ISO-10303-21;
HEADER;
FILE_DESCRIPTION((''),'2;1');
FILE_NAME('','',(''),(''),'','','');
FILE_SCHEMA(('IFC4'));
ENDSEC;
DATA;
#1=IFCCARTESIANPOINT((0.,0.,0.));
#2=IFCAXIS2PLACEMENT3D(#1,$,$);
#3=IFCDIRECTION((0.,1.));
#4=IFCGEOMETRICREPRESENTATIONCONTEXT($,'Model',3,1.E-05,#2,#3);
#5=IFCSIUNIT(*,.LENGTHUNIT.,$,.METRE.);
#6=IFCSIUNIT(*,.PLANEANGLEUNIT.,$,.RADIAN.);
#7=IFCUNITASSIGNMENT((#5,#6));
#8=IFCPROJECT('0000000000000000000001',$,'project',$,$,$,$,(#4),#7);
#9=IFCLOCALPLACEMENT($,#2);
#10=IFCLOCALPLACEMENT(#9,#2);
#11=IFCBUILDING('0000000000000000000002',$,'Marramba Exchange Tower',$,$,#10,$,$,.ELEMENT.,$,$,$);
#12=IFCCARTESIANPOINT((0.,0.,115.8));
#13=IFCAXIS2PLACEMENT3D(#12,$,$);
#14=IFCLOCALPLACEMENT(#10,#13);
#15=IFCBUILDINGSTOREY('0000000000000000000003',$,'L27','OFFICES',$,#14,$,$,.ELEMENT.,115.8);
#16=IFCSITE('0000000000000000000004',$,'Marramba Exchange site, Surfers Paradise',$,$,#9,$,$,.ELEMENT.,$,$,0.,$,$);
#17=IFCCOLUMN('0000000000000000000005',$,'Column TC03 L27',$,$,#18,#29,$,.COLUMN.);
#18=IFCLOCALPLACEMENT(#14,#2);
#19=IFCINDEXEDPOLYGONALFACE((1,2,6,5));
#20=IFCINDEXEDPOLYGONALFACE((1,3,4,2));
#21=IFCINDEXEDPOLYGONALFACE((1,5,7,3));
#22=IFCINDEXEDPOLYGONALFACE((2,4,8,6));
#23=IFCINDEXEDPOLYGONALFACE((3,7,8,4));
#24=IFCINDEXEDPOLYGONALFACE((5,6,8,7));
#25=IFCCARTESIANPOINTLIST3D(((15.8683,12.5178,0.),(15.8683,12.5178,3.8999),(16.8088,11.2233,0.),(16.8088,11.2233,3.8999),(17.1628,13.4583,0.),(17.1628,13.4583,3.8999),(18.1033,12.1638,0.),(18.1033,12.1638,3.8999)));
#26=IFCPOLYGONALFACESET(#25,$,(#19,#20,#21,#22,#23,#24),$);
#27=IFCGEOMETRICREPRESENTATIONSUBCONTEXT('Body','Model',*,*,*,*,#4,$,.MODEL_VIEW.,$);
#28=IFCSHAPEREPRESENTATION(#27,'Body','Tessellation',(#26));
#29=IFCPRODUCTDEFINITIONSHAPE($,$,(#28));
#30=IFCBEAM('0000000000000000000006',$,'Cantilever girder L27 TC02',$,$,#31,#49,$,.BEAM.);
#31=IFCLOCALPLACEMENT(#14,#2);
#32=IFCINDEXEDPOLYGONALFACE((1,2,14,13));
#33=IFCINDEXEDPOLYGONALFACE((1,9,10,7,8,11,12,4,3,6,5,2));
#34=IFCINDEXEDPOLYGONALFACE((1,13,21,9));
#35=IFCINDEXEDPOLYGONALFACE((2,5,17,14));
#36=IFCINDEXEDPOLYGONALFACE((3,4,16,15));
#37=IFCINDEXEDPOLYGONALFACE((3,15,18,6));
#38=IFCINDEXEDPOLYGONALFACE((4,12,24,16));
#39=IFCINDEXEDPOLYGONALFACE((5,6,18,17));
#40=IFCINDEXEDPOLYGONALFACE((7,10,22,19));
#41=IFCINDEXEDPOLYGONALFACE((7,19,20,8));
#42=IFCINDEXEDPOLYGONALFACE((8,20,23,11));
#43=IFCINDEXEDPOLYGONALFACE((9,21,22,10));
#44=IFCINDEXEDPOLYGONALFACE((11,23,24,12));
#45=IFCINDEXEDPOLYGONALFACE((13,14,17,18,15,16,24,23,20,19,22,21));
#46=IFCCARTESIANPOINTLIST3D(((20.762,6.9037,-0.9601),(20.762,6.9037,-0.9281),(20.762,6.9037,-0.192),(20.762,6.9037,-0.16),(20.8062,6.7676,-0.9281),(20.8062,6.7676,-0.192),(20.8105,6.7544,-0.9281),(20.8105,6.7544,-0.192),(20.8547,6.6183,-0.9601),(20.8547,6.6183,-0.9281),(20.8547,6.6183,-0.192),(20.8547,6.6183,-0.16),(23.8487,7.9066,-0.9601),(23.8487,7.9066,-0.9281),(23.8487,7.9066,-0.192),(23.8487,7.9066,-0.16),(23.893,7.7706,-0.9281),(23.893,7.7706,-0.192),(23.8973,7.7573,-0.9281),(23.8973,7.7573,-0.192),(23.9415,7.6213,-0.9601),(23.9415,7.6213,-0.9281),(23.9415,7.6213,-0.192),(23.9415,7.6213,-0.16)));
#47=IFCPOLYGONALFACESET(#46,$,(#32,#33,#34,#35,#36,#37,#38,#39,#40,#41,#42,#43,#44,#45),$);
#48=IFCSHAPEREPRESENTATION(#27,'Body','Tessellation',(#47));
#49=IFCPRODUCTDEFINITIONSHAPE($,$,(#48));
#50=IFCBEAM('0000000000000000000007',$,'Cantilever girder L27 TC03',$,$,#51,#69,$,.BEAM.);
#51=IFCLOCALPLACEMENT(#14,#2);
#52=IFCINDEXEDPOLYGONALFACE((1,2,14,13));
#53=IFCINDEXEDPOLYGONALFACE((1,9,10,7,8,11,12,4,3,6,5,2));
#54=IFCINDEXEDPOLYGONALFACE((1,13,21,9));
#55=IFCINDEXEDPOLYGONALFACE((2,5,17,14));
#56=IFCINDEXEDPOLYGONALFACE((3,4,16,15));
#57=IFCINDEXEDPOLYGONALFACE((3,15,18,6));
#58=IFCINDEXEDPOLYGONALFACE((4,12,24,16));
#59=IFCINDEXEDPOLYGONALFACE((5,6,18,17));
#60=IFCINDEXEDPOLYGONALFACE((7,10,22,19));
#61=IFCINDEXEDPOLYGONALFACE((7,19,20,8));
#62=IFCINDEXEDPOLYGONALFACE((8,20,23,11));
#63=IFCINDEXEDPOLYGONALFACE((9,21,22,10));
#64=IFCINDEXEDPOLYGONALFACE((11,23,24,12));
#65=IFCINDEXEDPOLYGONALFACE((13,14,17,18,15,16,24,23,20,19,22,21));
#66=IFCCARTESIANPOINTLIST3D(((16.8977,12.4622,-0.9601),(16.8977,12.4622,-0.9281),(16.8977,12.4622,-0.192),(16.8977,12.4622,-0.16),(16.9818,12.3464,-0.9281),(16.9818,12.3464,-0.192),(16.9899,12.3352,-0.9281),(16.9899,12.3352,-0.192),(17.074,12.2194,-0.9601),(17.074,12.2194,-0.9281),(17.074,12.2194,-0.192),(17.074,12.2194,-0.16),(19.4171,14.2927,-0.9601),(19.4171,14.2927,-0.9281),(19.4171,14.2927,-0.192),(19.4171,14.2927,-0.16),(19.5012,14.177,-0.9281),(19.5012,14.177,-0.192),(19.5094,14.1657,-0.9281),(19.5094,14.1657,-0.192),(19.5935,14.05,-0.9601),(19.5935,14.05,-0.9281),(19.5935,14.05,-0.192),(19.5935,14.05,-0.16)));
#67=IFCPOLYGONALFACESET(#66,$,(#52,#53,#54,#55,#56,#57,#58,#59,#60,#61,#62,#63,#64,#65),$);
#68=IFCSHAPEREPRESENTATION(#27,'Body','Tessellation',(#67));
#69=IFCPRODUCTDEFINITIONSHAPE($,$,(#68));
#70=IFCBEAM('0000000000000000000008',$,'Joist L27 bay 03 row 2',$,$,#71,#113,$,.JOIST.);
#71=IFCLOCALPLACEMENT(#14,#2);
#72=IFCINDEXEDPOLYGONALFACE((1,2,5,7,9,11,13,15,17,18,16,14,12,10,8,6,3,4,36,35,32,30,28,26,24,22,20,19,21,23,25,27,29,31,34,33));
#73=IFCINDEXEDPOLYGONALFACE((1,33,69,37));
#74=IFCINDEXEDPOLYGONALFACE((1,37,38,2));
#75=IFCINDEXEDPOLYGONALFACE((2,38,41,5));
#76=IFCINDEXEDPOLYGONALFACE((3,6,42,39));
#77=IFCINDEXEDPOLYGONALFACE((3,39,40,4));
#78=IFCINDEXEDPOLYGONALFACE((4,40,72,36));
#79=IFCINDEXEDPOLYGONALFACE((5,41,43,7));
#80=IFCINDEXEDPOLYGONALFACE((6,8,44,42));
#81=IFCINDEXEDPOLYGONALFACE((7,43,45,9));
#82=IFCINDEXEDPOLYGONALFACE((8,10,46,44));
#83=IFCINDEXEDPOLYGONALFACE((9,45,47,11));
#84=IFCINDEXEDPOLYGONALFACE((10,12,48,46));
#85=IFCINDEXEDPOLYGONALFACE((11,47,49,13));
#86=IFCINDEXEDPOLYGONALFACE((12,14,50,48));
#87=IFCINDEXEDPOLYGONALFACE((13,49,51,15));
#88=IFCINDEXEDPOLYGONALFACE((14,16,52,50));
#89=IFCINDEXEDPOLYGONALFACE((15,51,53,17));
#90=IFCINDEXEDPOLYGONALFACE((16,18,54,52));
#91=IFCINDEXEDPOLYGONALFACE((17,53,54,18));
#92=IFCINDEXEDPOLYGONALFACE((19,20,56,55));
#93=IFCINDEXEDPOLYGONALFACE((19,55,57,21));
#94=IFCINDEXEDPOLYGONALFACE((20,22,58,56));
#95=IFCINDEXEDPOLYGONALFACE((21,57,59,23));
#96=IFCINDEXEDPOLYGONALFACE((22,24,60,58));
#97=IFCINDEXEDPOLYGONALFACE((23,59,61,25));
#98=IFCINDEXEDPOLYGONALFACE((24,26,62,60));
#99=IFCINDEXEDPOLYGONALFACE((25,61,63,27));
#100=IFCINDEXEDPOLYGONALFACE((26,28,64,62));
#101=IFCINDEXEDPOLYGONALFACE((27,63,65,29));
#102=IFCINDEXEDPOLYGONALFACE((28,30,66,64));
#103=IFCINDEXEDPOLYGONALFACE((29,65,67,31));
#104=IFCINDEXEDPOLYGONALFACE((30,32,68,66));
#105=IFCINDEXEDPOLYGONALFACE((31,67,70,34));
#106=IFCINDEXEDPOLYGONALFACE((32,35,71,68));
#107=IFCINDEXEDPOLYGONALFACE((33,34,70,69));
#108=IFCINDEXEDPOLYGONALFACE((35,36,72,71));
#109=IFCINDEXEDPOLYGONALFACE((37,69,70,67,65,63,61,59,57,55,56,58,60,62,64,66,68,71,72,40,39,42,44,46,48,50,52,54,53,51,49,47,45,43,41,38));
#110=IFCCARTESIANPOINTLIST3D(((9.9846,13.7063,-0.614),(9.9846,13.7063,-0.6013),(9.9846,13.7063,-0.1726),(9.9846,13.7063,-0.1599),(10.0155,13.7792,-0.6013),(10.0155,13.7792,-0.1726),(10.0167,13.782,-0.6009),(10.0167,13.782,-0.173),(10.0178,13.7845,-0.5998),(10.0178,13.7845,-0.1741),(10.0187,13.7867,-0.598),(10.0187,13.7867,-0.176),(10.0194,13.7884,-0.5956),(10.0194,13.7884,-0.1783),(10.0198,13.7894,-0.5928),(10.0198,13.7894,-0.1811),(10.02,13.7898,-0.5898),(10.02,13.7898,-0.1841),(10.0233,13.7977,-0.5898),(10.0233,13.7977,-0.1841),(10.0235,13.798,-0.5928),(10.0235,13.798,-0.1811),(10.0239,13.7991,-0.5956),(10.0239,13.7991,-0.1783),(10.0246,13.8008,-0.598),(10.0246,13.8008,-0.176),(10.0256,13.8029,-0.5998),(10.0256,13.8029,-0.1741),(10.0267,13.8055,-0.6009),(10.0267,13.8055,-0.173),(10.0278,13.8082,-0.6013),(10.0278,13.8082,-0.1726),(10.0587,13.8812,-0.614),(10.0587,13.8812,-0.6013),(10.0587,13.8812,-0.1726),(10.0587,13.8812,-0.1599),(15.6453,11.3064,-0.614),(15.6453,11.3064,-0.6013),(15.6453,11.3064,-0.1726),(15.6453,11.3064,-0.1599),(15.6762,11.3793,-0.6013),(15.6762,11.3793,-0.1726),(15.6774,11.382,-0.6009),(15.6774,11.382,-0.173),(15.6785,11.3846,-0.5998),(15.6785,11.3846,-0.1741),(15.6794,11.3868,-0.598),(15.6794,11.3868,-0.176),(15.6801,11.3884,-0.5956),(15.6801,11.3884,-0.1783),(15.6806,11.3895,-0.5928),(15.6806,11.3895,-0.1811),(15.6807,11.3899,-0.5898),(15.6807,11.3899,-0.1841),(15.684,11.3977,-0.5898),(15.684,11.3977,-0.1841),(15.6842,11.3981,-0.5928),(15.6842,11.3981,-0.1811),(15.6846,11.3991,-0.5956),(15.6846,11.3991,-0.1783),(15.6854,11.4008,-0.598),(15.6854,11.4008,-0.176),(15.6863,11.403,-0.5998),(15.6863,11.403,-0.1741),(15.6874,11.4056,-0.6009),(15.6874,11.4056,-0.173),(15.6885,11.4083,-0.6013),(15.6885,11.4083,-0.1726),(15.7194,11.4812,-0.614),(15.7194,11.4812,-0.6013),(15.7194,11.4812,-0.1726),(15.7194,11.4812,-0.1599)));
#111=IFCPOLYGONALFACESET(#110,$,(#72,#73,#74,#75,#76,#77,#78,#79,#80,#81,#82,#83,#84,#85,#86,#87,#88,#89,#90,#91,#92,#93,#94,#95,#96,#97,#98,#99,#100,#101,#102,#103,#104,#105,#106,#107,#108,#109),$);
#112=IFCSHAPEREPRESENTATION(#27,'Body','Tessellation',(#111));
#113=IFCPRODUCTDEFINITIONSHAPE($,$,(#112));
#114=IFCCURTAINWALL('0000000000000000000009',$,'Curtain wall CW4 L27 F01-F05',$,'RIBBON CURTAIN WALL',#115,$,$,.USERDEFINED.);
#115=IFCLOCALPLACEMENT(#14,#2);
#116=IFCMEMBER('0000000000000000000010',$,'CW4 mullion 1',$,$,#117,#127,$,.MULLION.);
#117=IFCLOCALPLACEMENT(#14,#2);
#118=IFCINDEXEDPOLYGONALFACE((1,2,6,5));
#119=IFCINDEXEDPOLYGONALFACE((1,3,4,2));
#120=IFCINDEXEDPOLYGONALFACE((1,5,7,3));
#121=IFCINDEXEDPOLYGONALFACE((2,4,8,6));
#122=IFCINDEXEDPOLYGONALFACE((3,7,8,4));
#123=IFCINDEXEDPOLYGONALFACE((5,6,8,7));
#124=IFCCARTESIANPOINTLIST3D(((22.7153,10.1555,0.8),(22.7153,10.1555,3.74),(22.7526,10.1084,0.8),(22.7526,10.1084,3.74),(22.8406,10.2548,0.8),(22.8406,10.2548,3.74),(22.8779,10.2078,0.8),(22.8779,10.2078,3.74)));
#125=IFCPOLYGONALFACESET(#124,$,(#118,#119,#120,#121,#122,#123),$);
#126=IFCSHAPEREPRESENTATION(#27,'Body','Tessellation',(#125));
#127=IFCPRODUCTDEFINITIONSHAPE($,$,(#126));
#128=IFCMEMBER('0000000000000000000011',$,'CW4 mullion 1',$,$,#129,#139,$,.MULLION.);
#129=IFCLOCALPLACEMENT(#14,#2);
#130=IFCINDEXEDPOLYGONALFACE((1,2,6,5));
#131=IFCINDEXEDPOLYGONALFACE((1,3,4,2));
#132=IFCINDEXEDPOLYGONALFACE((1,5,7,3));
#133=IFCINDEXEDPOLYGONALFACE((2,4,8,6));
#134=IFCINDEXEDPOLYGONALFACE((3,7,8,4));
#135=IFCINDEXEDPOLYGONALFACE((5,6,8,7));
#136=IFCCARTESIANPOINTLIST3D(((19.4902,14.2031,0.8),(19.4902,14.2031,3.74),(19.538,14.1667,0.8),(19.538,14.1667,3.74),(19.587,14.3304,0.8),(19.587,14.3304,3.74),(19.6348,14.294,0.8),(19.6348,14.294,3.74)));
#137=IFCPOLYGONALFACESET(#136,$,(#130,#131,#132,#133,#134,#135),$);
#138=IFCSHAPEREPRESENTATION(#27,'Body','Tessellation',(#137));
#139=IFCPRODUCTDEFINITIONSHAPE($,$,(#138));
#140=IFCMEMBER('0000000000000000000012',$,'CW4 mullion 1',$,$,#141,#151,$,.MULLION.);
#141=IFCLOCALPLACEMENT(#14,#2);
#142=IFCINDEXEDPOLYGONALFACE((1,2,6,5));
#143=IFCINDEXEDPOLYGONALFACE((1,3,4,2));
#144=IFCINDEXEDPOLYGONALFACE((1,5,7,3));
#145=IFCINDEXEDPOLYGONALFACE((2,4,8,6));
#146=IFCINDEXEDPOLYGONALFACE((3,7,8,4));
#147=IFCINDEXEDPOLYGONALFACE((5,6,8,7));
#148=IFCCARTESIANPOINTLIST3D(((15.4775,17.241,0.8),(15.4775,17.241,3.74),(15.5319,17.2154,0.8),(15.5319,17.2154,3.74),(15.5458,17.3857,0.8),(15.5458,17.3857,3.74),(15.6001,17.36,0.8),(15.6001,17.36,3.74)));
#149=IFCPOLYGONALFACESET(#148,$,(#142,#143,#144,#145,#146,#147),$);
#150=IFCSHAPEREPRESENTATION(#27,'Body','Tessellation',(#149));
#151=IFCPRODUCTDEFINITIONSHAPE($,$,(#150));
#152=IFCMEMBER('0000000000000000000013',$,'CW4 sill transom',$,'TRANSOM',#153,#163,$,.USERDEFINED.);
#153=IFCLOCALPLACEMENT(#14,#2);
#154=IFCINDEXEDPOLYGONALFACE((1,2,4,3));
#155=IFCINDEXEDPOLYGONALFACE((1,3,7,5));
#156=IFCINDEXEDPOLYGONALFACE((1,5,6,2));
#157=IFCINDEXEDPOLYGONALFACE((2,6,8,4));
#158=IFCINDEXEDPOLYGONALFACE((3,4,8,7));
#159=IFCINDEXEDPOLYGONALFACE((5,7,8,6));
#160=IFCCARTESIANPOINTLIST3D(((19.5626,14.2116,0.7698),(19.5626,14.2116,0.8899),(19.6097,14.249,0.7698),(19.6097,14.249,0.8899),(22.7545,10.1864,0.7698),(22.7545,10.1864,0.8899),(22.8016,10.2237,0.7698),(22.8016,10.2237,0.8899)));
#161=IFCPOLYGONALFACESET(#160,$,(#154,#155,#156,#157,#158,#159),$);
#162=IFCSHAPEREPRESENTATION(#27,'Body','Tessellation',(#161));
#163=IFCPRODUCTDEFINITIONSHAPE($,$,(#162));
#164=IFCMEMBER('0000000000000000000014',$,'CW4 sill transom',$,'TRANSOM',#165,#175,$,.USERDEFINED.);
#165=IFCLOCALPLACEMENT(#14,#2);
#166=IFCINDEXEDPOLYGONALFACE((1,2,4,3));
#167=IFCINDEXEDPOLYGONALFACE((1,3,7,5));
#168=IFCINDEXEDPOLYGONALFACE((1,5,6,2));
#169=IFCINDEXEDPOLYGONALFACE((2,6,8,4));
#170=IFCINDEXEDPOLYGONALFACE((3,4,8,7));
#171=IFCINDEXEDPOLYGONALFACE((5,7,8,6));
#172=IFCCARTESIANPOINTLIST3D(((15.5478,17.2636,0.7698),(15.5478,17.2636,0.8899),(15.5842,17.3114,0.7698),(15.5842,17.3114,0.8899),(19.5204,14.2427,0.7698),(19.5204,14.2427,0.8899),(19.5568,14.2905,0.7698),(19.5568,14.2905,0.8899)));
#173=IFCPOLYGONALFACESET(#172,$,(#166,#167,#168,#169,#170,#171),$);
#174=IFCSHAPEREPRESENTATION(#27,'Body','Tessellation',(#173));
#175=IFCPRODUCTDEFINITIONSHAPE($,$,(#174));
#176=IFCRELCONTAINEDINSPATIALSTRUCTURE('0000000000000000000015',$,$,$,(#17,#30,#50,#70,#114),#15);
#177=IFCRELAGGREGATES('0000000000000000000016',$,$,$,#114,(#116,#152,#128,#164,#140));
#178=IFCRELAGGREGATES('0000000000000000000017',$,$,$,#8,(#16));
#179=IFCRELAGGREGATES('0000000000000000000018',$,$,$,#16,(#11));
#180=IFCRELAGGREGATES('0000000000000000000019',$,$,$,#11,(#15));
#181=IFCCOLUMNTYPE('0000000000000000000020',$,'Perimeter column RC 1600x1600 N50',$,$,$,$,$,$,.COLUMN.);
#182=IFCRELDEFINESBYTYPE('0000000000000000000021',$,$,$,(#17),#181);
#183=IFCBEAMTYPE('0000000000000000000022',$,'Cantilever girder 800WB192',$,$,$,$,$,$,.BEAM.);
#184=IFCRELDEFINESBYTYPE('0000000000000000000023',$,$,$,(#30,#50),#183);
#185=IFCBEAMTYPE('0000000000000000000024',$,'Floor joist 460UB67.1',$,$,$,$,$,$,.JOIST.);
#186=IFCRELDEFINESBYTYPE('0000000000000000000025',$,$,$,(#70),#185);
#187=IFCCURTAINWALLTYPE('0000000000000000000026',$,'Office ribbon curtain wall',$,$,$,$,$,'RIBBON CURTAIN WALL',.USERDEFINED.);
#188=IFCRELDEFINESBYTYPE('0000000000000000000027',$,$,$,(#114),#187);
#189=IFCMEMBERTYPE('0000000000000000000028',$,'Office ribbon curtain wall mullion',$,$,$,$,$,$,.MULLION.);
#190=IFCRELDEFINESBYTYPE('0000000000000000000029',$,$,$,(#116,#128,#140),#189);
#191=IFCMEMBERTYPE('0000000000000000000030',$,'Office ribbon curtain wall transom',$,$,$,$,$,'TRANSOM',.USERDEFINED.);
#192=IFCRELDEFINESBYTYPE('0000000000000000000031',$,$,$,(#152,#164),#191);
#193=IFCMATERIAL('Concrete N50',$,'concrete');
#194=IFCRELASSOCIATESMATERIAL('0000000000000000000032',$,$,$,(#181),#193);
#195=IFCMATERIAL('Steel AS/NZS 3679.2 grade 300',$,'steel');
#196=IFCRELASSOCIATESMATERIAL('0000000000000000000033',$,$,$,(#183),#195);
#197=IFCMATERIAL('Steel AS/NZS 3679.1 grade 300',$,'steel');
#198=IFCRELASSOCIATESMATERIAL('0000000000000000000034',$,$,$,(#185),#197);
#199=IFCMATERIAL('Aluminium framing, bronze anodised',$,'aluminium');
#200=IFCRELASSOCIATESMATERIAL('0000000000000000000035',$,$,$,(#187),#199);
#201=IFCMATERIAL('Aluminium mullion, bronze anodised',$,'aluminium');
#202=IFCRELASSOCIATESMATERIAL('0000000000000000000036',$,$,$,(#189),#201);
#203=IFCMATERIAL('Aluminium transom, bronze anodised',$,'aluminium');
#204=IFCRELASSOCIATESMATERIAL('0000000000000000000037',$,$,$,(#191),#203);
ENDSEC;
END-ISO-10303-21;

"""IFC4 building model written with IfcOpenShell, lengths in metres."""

from ifc_helpers import new_model, si_unit, direction, frame, origin, origin_2d, place, context, subcontext, project, spatial, rectangle, i_section, extrude, material, material_profile, profile_set, type_object, element, aggregate, save


model = new_model("IFC4")

# Units and contexts
model_context = context("Model", 3, precision=1e-05, world=origin(), true_north=direction((0.0, 1.0)))
body_context = subcontext(model_context, "Body", "Model", "MODEL_VIEW")
ifc_project = project(units=[si_unit("LENGTHUNIT", "METRE"), si_unit("PLANEANGLEUNIT", "RADIAN")], contexts=[model_context])

# Site, building, storey
site_placement = place(None, origin())
site = spatial("IfcSite", under=ifc_project, at=site_placement, Name="Marramba Exchange site, Surfers Paradise", CompositionType="ELEMENT", RefElevation=0.0)
building_placement = place(site_placement, origin())
building = spatial("IfcBuilding", under=site, at=building_placement, Name="Marramba Exchange Tower", CompositionType="ELEMENT")
storey_placement = place(building_placement, frame((0.0, 0.0, 115.8)))
storey = spatial("IfcBuildingStorey", under=building, at=storey_placement, Name="L27", Description="OFFICES", CompositionType="ELEMENT", Elevation=115.8)

# Column
ifc_material_1 = material(Name="Concrete N50", Category="concrete")
ifc_material_profile_1 = material_profile(ifc_material_1, rectangle(XDim=1.6001, YDim=1.6001, at=origin_2d()), Name="RC 1600x1600")
ifc_profile_set_1 = profile_set([ifc_material_profile_1], Name="Concrete N50")
column_type = type_object("IfcColumnType", Name="Perimeter column RC 1600x1600 N50", PredefinedType="COLUMN", material=ifc_profile_set_1)
column_placement = place(storey_placement, frame((16.9858, 12.3408, 0.0), z_axis=(0.0, 0.0, 1.0), x_axis=(0.809017, 0.587785, 0.0)))
element("IfcColumn", 1, at=column_placement, inside=storey, type_object=column_type, Name="Column TC03 L27", PredefinedType="COLUMN", context=body_context, shape_type="SweptSolid", body=[
    extrude(rectangle(XDim=1.6001, YDim=1.6001, at=origin_2d()), origin(), (0.0, 0.0, 1.0), 3.8999),
])

# Beams
ifc_material_2 = material(Name="Steel AS/NZS 3679.2 grade 300", Category="steel")
ifc_material_profile_2 = material_profile(ifc_material_2, i_section(OverallWidth=0.3, OverallDepth=0.8, WebThickness=0.0139, FlangeThickness=0.032, at=origin_2d()), Name="800WB192")
ifc_profile_set_2 = profile_set([ifc_material_profile_2], Name="Steel AS/NZS 3679.2 grade 300")
beam_type_1 = type_object("IfcBeamType", Name="Cantilever girder 800WB192", PredefinedType="BEAM", material=ifc_profile_set_2)
beam_1_placement = place(storey_placement, frame((20.8083, 6.761, -0.5601), z_axis=(0.951056, 0.30902, 0.0), x_axis=(-0.30902, 0.951056, 0.0)))
element("IfcBeam", 2, at=beam_1_placement, inside=storey, type_object=beam_type_1, Name="Cantilever girder L27 TC02", PredefinedType="BEAM", context=body_context, shape_type="SweptSolid", body=[
    extrude(i_section(OverallWidth=0.3, OverallDepth=0.8, WebThickness=0.0139, FlangeThickness=0.032, at=origin_2d()), origin(), (0.0, 0.0, 1.0), 3.2456),
])
beam_2_placement = place(storey_placement, frame((16.9858, 12.3408, -0.5601), z_axis=(0.809014, 0.587789, 0.0), x_axis=(-0.587789, 0.809014, 0.0)))
element("IfcBeam", 3, at=beam_2_placement, inside=storey, type_object=beam_type_1, Name="Cantilever girder L27 TC03", PredefinedType="BEAM", context=body_context, shape_type="SweptSolid", body=[
    extrude(i_section(OverallWidth=0.3, OverallDepth=0.8, WebThickness=0.0139, FlangeThickness=0.032, at=origin_2d()), origin(), (0.0, 0.0, 1.0), 3.1143),
])
ifc_material_3 = material(Name="Steel AS/NZS 3679.1 grade 300", Category="steel")
ifc_material_profile_3 = material_profile(ifc_material_3, i_section(OverallWidth=0.1899, OverallDepth=0.4541, WebThickness=0.0085, FlangeThickness=0.0127, FilletRadius=0.0115, at=origin_2d()), Name="460UB67.1")
ifc_profile_set_3 = profile_set([ifc_material_profile_3], Name="Steel AS/NZS 3679.1 grade 300")
beam_type_2 = type_object("IfcBeamType", Name="Floor joist 460UB67.1", PredefinedType="JOIST", material=ifc_profile_set_3)
beam_3_placement = place(storey_placement, frame((15.6824, 11.3938, -0.387), z_axis=(-0.920674, 0.390332, 0.0), x_axis=(-0.390332, -0.920674, 0.0)))
element("IfcBeam", 4, at=beam_3_placement, inside=storey, type_object=beam_type_2, Name="Joist L27 bay 03 row 2", PredefinedType="JOIST", context=body_context, shape_type="SweptSolid", body=[
    extrude(i_section(OverallWidth=0.1899, OverallDepth=0.4541, WebThickness=0.0085, FlangeThickness=0.0127, FilletRadius=0.0115, at=origin_2d()), origin(), (0.0, 0.0, 1.0), 6.1484),
])

# Curtain wall, members
ifc_material_4 = material(Name="Aluminium framing, bronze anodised", Category="aluminium")
curtain_wall_type = type_object("IfcCurtainWallType", Name="Office ribbon curtain wall", ElementType="RIBBON CURTAIN WALL", PredefinedType="USERDEFINED", material=ifc_material_4)
curtain_wall_placement = place(storey_placement, origin())
curtain_wall = element("IfcCurtainWall", 5, at=curtain_wall_placement, inside=storey, type_object=curtain_wall_type, Name="Curtain wall CW4 L27 F01-F05", ObjectType="RIBBON CURTAIN WALL", PredefinedType="USERDEFINED")
ifc_material_5 = material(Name="Aluminium mullion, bronze anodised", Category="aluminium")
ifc_material_profile_4 = material_profile(ifc_material_5, rectangle(XDim=0.1599, YDim=0.0601, at=origin_2d()), Name="CW4 mullion 60x160")
ifc_profile_set_4 = profile_set([ifc_material_profile_4], Name="Aluminium mullion, bronze anodised")
member_type_1 = type_object("IfcMemberType", Name="Office ribbon curtain wall mullion", PredefinedType="MULLION", material=ifc_profile_set_4)
member_1_placement = place(storey_placement, frame((22.7966, 10.1816, 0.8), z_axis=(0.0, 0.0, 1.0), x_axis=(-0.783563, -0.621312, 0.0)))
member_1 = element("IfcMember", 6, at=member_1_placement, type_object=member_type_1, Name="CW4 mullion 1", PredefinedType="MULLION", context=body_context, shape_type="SweptSolid", body=[
    extrude(rectangle(XDim=0.1599, YDim=0.0601, at=origin_2d()), origin(), (0.0, 0.0, 1.0), 2.9399),
])
member_2_placement = place(storey_placement, frame((19.5625, 14.2485, 0.8), z_axis=(0.0, 0.0, 1.0), x_axis=(-0.605334, -0.795972, 0.0)))
member_2 = element("IfcMember", 7, at=member_2_placement, type_object=member_type_1, Name="CW4 mullion 1", PredefinedType="MULLION", context=body_context, shape_type="SweptSolid", body=[
    extrude(rectangle(XDim=0.1599, YDim=0.0601, at=origin_2d()), origin(), (0.0, 0.0, 1.0), 2.9399),
])
member_3_placement = place(storey_placement, frame((15.5388, 17.3005, 0.8), z_axis=(0.0, 0.0, 1.0), x_axis=(-0.426679, -0.904403, 0.0)))
member_3 = element("IfcMember", 8, at=member_3_placement, type_object=member_type_1, Name="CW4 mullion 1", PredefinedType="MULLION", context=body_context, shape_type="SweptSolid", body=[
    extrude(rectangle(XDim=0.1599, YDim=0.0601, at=origin_2d()), origin(), (0.0, 0.0, 1.0), 2.9399),
])
ifc_material_6 = material(Name="Aluminium transom, bronze anodised", Category="aluminium")
ifc_material_profile_5 = material_profile(ifc_material_6, rectangle(XDim=0.0601, YDim=0.1201, at=origin_2d()), Name="CW4 transom 60x120")
ifc_profile_set_5 = profile_set([ifc_material_profile_5], Name="Aluminium transom, bronze anodised")
member_type_2 = type_object("IfcMemberType", Name="Office ribbon curtain wall transom", ElementType="TRANSOM", PredefinedType="USERDEFINED", material=ifc_profile_set_5)
member_4_placement = place(storey_placement, frame((22.7781, 10.2051, 0.8298), z_axis=(-0.621339, 0.783542, 0.0), x_axis=(-0.783542, -0.621339, 0.0)))
member_4 = element("IfcMember", 9, at=member_4_placement, type_object=member_type_2, Name="CW4 sill transom", ObjectType="TRANSOM", PredefinedType="USERDEFINED", context=body_context, shape_type="SweptSolid", body=[
    extrude(rectangle(XDim=0.0601, YDim=0.1201, at=origin_2d()), origin(), (0.0, 0.0, 1.0), 5.1372),
])
member_5_placement = place(storey_placement, frame((19.5386, 14.2666, 0.8298), z_axis=(-0.795991, 0.605309, 0.0), x_axis=(-0.605309, -0.795991, 0.0)))
member_5 = element("IfcMember", 10, at=member_5_placement, type_object=member_type_2, Name="CW4 sill transom", ObjectType="TRANSOM", PredefinedType="USERDEFINED", context=body_context, shape_type="SweptSolid", body=[
    extrude(rectangle(XDim=0.0601, YDim=0.1201, at=origin_2d()), origin(), (0.0, 0.0, 1.0), 4.9907),
])

aggregate(curtain_wall, [member_1, member_4, member_2, member_5, member_3])

save(model, "model.ifc")
